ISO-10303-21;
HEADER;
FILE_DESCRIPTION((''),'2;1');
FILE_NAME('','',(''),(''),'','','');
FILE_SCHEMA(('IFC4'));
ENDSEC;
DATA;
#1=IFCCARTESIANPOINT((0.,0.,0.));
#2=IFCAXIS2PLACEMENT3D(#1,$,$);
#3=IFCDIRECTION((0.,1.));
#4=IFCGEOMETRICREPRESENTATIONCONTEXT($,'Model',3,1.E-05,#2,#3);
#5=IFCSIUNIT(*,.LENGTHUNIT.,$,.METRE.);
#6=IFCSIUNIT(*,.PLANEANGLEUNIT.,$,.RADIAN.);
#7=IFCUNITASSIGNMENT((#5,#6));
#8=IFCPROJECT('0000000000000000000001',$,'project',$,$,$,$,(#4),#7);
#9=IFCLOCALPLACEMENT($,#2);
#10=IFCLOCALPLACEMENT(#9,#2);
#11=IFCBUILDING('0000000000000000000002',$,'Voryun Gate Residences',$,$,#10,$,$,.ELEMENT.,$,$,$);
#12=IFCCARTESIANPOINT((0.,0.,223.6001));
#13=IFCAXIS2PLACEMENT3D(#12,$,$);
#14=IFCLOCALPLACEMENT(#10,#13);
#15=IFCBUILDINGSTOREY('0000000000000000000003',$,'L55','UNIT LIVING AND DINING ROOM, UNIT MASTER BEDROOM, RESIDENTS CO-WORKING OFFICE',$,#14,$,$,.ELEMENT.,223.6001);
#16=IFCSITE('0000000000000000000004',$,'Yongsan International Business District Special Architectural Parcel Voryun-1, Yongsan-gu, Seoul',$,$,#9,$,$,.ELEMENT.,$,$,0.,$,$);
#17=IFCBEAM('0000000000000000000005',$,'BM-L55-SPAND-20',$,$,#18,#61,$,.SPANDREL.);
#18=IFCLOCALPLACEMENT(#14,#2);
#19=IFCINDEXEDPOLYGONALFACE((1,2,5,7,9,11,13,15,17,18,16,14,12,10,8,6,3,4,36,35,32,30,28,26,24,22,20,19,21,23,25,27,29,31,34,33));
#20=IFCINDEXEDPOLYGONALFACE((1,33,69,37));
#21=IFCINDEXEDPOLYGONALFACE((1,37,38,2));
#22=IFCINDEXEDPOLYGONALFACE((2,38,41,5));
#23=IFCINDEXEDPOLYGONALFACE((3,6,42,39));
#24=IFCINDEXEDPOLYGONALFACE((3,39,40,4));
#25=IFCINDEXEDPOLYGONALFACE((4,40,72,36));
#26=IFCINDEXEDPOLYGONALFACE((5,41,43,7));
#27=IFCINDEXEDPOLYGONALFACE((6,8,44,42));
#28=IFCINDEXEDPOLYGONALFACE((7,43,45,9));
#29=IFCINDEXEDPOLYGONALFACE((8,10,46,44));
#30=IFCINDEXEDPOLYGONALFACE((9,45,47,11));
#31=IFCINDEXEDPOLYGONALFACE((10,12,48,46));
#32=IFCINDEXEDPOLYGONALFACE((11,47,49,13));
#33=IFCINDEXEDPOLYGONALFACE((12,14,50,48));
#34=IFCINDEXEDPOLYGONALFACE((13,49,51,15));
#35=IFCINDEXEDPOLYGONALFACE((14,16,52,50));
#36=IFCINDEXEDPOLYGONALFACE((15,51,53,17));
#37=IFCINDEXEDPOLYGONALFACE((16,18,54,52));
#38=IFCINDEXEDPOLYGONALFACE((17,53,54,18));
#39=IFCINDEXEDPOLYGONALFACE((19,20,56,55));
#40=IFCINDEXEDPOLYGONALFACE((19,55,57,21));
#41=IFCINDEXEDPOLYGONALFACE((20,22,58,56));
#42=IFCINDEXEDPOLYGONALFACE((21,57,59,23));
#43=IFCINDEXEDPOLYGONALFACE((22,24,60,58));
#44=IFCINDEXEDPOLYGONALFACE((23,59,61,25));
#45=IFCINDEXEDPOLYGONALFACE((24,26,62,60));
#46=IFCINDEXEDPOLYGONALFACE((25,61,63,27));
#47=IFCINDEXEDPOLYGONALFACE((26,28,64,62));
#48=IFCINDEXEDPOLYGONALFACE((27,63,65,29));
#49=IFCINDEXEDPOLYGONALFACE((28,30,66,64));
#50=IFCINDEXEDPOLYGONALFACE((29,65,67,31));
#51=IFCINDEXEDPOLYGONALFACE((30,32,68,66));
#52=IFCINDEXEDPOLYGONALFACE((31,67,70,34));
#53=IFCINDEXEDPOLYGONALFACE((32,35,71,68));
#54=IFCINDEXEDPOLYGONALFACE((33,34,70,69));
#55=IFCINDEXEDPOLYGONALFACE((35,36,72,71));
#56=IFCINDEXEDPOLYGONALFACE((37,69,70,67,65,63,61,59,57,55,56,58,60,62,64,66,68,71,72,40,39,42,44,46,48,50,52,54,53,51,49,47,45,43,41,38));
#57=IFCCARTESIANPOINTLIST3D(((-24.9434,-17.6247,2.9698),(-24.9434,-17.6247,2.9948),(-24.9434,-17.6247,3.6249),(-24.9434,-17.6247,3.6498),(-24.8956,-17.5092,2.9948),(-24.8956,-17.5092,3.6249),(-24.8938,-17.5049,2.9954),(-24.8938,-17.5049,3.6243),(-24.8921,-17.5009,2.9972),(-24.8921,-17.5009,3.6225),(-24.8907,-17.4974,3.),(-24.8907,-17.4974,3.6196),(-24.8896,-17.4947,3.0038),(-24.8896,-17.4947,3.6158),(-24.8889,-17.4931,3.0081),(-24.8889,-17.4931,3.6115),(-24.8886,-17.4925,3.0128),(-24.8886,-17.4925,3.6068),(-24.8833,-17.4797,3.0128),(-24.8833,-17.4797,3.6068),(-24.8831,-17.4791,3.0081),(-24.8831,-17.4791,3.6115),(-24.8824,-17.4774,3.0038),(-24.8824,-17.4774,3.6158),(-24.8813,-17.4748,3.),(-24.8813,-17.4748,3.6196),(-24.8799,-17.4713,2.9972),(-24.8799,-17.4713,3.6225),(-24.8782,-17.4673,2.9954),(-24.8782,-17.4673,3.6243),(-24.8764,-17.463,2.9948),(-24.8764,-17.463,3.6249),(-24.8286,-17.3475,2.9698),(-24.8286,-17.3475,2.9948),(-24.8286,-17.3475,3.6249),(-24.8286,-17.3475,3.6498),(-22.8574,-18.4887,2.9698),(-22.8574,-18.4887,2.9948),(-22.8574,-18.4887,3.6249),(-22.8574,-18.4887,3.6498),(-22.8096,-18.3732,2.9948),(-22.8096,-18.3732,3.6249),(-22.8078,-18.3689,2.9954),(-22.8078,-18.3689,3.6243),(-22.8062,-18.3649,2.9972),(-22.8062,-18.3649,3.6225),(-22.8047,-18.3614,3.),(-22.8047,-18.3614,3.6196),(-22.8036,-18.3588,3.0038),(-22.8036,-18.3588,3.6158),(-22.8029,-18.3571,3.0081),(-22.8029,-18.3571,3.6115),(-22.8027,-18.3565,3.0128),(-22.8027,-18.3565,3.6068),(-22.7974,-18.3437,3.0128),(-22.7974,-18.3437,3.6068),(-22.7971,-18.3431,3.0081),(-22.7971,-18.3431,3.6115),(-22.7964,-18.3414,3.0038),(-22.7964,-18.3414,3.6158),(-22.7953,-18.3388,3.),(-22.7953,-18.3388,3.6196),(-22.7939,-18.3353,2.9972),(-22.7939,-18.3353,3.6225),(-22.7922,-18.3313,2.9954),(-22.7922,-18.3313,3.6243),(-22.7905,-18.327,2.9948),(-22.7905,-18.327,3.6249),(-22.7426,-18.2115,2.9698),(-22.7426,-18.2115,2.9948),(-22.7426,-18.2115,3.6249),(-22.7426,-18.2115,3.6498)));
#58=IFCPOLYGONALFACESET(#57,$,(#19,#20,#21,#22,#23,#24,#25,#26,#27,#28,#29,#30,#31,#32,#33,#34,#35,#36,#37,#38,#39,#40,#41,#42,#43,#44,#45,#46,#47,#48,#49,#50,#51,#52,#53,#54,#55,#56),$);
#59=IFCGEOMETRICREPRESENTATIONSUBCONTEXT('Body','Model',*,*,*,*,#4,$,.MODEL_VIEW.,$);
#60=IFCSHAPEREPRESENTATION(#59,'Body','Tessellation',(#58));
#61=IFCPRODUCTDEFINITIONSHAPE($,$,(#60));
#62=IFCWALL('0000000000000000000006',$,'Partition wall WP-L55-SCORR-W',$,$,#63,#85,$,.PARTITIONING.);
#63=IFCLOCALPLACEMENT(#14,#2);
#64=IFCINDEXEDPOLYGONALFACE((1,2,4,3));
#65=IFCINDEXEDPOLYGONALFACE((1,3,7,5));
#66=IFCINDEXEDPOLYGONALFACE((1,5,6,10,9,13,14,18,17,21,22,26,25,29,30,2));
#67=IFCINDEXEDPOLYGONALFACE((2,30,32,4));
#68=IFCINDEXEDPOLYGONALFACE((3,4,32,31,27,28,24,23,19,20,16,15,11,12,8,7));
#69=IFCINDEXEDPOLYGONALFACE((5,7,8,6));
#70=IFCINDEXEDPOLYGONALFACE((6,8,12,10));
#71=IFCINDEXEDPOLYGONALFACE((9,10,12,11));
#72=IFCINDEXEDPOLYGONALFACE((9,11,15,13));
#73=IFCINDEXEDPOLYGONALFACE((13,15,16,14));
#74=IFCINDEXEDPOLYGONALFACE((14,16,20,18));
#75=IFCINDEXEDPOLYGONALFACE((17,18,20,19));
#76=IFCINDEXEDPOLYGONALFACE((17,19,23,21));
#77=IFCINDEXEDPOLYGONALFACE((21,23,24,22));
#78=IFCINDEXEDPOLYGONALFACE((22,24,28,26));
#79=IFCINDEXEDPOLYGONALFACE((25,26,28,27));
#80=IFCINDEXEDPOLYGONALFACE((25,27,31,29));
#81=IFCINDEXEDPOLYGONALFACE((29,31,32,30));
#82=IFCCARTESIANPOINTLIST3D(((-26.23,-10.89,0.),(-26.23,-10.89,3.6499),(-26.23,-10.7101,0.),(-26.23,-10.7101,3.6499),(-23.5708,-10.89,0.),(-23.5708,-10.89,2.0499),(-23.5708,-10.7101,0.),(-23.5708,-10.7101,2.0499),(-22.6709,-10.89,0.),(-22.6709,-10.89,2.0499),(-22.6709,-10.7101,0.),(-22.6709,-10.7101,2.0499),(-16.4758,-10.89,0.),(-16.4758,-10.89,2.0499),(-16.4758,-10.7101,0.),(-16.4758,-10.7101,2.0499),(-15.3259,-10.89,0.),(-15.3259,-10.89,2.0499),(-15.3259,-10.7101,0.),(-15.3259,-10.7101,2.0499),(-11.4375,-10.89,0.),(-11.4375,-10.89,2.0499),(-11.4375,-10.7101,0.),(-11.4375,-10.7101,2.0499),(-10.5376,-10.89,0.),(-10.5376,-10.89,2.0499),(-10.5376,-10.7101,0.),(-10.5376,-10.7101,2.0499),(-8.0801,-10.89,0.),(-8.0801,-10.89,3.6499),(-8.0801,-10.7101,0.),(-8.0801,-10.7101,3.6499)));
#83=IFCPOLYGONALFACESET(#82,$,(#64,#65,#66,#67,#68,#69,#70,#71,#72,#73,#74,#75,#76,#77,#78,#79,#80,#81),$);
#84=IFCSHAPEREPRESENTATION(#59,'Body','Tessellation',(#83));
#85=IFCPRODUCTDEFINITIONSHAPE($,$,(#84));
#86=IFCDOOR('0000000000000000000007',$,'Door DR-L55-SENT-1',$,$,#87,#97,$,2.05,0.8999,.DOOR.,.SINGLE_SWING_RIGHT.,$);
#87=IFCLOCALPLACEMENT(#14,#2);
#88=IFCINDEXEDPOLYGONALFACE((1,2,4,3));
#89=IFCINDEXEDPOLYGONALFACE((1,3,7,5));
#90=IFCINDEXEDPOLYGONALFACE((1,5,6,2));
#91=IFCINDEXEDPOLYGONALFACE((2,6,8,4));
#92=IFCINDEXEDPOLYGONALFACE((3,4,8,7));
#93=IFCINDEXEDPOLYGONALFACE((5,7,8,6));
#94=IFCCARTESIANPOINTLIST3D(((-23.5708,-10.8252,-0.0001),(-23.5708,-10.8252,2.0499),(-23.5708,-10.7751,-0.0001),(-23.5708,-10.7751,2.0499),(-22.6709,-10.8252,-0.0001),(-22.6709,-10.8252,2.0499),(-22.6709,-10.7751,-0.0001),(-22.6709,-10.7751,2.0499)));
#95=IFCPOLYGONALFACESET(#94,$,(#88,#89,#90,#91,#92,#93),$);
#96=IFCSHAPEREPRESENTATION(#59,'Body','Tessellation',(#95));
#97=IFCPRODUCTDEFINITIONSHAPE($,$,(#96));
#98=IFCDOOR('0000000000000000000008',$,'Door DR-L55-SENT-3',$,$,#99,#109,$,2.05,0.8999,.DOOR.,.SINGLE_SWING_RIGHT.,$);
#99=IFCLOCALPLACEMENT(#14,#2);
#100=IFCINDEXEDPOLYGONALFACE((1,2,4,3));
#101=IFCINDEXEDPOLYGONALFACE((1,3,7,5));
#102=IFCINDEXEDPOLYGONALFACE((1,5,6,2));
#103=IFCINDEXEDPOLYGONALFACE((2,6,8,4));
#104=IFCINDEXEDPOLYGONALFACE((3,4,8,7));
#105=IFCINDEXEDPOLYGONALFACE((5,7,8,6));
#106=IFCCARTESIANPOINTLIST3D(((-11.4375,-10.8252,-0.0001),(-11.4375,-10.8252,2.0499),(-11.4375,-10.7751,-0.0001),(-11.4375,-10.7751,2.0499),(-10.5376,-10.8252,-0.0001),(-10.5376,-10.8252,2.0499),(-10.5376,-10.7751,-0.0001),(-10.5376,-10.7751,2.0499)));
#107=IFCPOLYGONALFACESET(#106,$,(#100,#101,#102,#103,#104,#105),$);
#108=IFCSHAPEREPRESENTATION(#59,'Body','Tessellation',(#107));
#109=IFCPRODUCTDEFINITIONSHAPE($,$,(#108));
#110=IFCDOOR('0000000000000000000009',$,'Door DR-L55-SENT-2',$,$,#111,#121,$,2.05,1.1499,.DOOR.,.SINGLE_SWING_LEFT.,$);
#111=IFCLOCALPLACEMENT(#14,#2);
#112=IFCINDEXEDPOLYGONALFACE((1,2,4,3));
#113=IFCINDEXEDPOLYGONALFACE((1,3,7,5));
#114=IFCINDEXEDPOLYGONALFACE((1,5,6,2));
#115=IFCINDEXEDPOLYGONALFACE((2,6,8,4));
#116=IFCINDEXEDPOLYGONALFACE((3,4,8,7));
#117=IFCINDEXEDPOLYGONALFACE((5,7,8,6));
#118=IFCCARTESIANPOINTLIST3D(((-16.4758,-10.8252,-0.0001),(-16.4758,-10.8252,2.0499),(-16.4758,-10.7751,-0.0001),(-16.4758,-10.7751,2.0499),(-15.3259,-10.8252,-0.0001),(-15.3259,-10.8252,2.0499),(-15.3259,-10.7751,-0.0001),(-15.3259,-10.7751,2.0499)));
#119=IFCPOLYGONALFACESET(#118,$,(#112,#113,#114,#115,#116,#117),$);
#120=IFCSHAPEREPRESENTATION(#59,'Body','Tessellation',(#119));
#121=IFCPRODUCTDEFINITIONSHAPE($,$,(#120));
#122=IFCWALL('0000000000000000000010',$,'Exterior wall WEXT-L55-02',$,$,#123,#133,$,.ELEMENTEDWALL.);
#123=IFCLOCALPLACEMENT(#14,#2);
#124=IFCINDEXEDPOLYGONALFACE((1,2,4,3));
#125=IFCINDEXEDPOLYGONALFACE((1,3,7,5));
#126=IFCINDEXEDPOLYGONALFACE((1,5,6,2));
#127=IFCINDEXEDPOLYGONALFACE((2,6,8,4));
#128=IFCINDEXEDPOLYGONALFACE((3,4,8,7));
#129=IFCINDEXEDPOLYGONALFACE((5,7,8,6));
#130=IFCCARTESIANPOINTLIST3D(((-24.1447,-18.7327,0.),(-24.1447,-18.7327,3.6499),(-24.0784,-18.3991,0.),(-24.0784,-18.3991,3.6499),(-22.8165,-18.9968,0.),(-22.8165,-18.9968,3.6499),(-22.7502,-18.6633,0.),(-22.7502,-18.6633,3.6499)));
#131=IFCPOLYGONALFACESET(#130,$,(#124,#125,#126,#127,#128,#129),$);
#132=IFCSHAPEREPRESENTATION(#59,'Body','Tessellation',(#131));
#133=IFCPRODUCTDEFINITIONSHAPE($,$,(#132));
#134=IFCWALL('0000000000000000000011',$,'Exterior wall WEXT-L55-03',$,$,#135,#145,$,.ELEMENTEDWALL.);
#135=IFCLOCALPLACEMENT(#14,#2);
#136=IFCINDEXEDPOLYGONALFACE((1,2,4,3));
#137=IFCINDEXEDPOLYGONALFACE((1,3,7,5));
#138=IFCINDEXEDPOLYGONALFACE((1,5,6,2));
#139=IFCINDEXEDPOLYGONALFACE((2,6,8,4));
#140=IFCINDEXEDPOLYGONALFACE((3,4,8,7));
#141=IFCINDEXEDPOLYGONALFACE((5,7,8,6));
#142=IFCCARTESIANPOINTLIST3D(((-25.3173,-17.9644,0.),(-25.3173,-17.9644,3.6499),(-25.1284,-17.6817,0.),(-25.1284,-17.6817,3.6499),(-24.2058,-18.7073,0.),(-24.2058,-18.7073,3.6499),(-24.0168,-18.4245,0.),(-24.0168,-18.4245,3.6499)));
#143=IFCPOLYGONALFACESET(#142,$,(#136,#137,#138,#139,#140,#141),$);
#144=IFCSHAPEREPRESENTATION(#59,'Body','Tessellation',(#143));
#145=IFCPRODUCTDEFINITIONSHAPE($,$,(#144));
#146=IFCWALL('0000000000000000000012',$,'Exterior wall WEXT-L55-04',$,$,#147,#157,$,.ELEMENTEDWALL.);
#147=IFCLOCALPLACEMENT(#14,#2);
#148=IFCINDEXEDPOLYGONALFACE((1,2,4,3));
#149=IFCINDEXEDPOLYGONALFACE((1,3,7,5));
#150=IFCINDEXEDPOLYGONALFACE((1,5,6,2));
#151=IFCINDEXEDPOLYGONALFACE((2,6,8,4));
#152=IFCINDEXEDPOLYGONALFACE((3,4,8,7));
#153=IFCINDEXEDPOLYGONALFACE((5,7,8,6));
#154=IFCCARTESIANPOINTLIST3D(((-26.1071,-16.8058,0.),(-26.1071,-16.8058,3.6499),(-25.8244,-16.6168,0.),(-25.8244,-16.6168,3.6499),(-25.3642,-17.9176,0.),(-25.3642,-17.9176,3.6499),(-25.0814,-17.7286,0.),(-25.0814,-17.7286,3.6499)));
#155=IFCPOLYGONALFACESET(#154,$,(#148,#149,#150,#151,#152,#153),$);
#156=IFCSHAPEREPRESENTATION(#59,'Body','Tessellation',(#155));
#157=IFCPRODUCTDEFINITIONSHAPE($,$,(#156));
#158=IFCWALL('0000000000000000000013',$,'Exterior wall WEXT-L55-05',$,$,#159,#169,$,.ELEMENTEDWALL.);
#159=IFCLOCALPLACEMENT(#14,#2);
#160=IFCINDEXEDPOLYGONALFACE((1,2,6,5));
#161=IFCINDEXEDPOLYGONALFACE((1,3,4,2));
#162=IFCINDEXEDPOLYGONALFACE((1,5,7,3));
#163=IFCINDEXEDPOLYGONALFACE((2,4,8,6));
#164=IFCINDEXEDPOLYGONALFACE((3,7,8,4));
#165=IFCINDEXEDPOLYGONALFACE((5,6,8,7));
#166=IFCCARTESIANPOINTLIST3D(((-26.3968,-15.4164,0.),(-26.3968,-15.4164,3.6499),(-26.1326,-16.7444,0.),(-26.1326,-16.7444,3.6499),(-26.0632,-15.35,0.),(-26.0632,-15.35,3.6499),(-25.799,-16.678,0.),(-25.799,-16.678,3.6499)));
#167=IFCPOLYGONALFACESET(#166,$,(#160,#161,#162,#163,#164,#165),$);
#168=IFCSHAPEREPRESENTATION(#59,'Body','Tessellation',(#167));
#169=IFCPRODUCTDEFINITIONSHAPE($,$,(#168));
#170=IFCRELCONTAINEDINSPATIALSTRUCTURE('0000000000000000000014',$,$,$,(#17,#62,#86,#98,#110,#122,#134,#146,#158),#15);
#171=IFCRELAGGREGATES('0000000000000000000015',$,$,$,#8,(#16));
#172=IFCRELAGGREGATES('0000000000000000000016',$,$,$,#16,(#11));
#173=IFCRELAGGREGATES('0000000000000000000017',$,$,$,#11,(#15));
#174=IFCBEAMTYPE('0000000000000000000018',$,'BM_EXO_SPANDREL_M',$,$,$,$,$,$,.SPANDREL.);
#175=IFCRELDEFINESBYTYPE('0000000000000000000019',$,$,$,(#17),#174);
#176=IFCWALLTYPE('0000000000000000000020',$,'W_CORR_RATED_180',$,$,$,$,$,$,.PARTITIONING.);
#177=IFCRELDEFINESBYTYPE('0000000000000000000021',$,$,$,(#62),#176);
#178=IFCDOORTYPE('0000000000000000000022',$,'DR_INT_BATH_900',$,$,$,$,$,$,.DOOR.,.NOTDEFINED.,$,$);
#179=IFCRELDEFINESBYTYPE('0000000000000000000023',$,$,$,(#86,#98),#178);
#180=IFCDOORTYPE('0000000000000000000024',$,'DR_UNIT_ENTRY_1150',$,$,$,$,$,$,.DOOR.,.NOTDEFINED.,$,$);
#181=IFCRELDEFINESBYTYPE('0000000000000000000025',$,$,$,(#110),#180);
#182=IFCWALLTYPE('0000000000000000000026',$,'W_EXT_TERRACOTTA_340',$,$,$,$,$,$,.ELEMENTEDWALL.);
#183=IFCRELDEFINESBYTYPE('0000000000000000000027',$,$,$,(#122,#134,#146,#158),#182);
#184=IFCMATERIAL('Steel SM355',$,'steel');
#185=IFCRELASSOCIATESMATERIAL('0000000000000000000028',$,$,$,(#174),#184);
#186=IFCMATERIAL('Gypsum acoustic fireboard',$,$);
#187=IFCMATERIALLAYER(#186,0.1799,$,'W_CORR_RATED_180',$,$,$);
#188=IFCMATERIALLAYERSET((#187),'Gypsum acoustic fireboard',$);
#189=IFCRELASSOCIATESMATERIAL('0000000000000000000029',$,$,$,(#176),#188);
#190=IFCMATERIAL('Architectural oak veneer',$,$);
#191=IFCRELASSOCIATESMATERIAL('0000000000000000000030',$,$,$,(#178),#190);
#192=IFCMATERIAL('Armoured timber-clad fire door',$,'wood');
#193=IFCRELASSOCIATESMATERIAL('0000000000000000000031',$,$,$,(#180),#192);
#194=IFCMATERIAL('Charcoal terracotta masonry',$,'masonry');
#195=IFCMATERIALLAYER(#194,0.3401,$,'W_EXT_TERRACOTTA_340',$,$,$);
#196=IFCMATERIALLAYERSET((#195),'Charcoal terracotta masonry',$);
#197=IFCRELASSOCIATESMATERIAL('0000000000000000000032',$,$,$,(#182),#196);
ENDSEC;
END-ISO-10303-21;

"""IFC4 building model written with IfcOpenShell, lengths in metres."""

from ifc_helpers import new_model, si_unit, direction, frame, frame_2d, origin, origin_2d, place, context, subcontext, project, spatial, rectangle, i_section, extrude, material, layer, layer_set, material_profile, profile_set, type_object, element, fill, save


model = new_model("IFC4")

# Units and contexts
model_context = context("Model", 3, precision=1e-05, world=origin(), true_north=direction((0.0, 1.0)))
body_context = subcontext(model_context, "Body", "Model", "MODEL_VIEW")
ifc_project = project(units=[si_unit("LENGTHUNIT", "METRE"), si_unit("PLANEANGLEUNIT", "RADIAN")], contexts=[model_context])

# Site, building, storey
site_placement = place(None, origin())
site = spatial("IfcSite", under=ifc_project, at=site_placement, Name="Yongsan International Business District Special Architectural Parcel Voryun-1, Yongsan-gu, Seoul", CompositionType="ELEMENT", RefElevation=0.0)
building_placement = place(site_placement, origin())
building = spatial("IfcBuilding", under=site, at=building_placement, Name="Voryun Gate Residences", CompositionType="ELEMENT")
storey_placement = place(building_placement, frame((0.0, 0.0, 223.6001)))
storey = spatial("IfcBuildingStorey", under=building, at=storey_placement, Name="L55", Description="UNIT LIVING AND DINING ROOM, UNIT MASTER BEDROOM, RESIDENTS CO-WORKING OFFICE", CompositionType="ELEMENT", Elevation=223.6001)

# Beam
ifc_material_1 = material(Name="Steel SM355", Category="steel")
ifc_material_profile_1 = material_profile(ifc_material_1, i_section(OverallWidth=0.3, OverallDepth=0.6799, WebThickness=0.0139, FlangeThickness=0.0249, FilletRadius=0.0181, at=origin_2d()), Name="H-680x300x14x25")
ifc_profile_set_1 = profile_set([ifc_material_profile_1], Name="Steel SM355")
beam_type = type_object("IfcBeamType", Name="BM_EXO_SPANDREL_M", PredefinedType="SPANDREL", material=ifc_profile_set_1)
beam_1_placement = place(storey_placement, frame((-24.886, -17.4861, 3.3098), z_axis=(0.923881, -0.38268, 0.0), x_axis=(0.38268, 0.923881, 0.0)))
element("IfcBeam", 1, at=beam_1_placement, inside=storey, type_object=beam_type, Name="BM-L55-SPAND-20", PredefinedType="SPANDREL", context=body_context, shape_type="SweptSolid", body=[
    extrude(i_section(OverallWidth=0.3, OverallDepth=0.6799, WebThickness=0.0139, FlangeThickness=0.0249, FilletRadius=0.0181, at=origin_2d()), origin(), (0.0, 0.0, 1.0), 2.2578),
])

# Wall, openings, doors
ifc_material_2 = material(Name="Gypsum acoustic fireboard")
ifc_layer_1 = layer(ifc_material_2, 0.1799, Name="W_CORR_RATED_180")
ifc_layer_set_1 = layer_set([ifc_layer_1], Name="Gypsum acoustic fireboard")
wall_type_1 = type_object("IfcWallType", Name="W_CORR_RATED_180", PredefinedType="PARTITIONING", material=ifc_layer_set_1)
wall_1_placement = place(storey_placement, frame((-26.23, -10.8, 0.0), z_axis=(0.0, 0.0, 1.0), x_axis=(1.0, 0.0, 0.0)))
wall_1 = element("IfcWall", 2, at=wall_1_placement, inside=storey, type_object=wall_type_1, Name="Partition wall WP-L55-SCORR-W", PredefinedType="PARTITIONING", context=body_context, shape_type="SweptSolid", body=[
    extrude(rectangle(XDim=18.1499, YDim=0.1799, at=frame_2d((9.075, 0.0))), origin(), (0.0, 0.0, 1.0), 3.6499),
])
opening_1_placement = place(wall_1_placement, frame((2.6592, 0.0, 0.0)))
opening_1 = element("IfcOpeningElement", 3, at=opening_1_placement, cuts=wall_1, PredefinedType="OPENING", context=body_context, shape_type="SweptSolid", body=[
    extrude(rectangle(XDim=0.8999, YDim=2.05, at=frame_2d((0.45, 1.0249))), frame((0.0, 0.0999, 0.0), z_axis=(0.0, -1.0, 0.0), x_axis=(1.0, 0.0, 0.0)), (0.0, 0.0, 1.0), 0.2),
])
opening_2_placement = place(wall_1_placement, frame((9.7542, 0.0, 0.0)))
opening_2 = element("IfcOpeningElement", 4, at=opening_2_placement, cuts=wall_1, PredefinedType="OPENING", context=body_context, shape_type="SweptSolid", body=[
    extrude(rectangle(XDim=1.1499, YDim=2.05, at=frame_2d((0.575, 1.0249))), frame((0.0, 0.0999, 0.0), z_axis=(0.0, -1.0, 0.0), x_axis=(1.0, 0.0, 0.0)), (0.0, 0.0, 1.0), 0.2),
])
opening_3_placement = place(wall_1_placement, frame((14.7925, 0.0, 0.0)))
opening_3 = element("IfcOpeningElement", 5, at=opening_3_placement, cuts=wall_1, PredefinedType="OPENING", context=body_context, shape_type="SweptSolid", body=[
    extrude(rectangle(XDim=0.8999, YDim=2.05, at=frame_2d((0.45, 1.0249))), frame((0.0, 0.0999, 0.0), z_axis=(0.0, -1.0, 0.0), x_axis=(1.0, 0.0, 0.0)), (0.0, 0.0, 1.0), 0.2),
])
ifc_material_3 = material(Name="Architectural oak veneer")
door_type_1 = type_object("IfcDoorType", Name="DR_INT_BATH_900", OperationType="NOTDEFINED", PredefinedType="DOOR", material=ifc_material_3)
door_1_placement = place(opening_1_placement, origin())
door_1 = element("IfcDoor", 6, at=door_1_placement, inside=storey, type_object=door_type_1, Name="Door DR-L55-SENT-1", OperationType="SINGLE_SWING_RIGHT", OverallHeight=2.05, OverallWidth=0.8999, PredefinedType="DOOR", context=body_context, shape_type="SweptSolid", body=[
    extrude(rectangle(XDim=0.8999, YDim=2.05, at=frame_2d((0.45, 1.0249))), frame((0.0, 0.0249, 0.0), z_axis=(0.0, -1.0, 0.0), x_axis=(1.0, 0.0, 0.0)), (0.0, 0.0, 1.0), 0.05),
])
fill(opening_1, door_1)
door_2_placement = place(opening_3_placement, origin())
door_2 = element("IfcDoor", 7, at=door_2_placement, inside=storey, type_object=door_type_1, Name="Door DR-L55-SENT-3", OperationType="SINGLE_SWING_RIGHT", OverallHeight=2.05, OverallWidth=0.8999, PredefinedType="DOOR", context=body_context, shape_type="SweptSolid", body=[
    extrude(rectangle(XDim=0.8999, YDim=2.05, at=frame_2d((0.45, 1.0249))), frame((0.0, 0.0249, 0.0), z_axis=(0.0, -1.0, 0.0), x_axis=(1.0, 0.0, 0.0)), (0.0, 0.0, 1.0), 0.05),
])
fill(opening_3, door_2)
ifc_material_4 = material(Name="Armoured timber-clad fire door", Category="wood")
door_type_2 = type_object("IfcDoorType", Name="DR_UNIT_ENTRY_1150", OperationType="NOTDEFINED", PredefinedType="DOOR", material=ifc_material_4)
door_3_placement = place(opening_2_placement, origin())
door_3 = element("IfcDoor", 8, at=door_3_placement, inside=storey, type_object=door_type_2, Name="Door DR-L55-SENT-2", OperationType="SINGLE_SWING_LEFT", OverallHeight=2.05, OverallWidth=1.1499, PredefinedType="DOOR", context=body_context, shape_type="SweptSolid", body=[
    extrude(rectangle(XDim=1.1499, YDim=2.05, at=frame_2d((0.575, 1.0249))), frame((0.0, 0.0249, 0.0), z_axis=(0.0, -1.0, 0.0), x_axis=(1.0, 0.0, 0.0)), (0.0, 0.0, 1.0), 0.05),
])
fill(opening_2, door_3)

# Walls
ifc_material_5 = material(Name="Charcoal terracotta masonry", Category="masonry")
ifc_layer_2 = layer(ifc_material_5, 0.3401, Name="W_EXT_TERRACOTTA_340")
ifc_layer_set_2 = layer_set([ifc_layer_2], Name="Charcoal terracotta masonry")
wall_type_2 = type_object("IfcWallType", Name="W_EXT_TERRACOTTA_340", PredefinedType="ELEMENTEDWALL", material=ifc_layer_set_2)
wall_2_placement = place(storey_placement, frame((-22.7832, -18.8301, 0.0), z_axis=(0.0, 0.0, 1.0), x_axis=(-0.980788, 0.195076, 0.0)))
element("IfcWall", 9, at=wall_2_placement, inside=storey, type_object=wall_type_2, Name="Exterior wall WEXT-L55-02", PredefinedType="ELEMENTEDWALL", context=body_context, shape_type="SweptSolid", body=[
    extrude(rectangle(XDim=1.3542, YDim=0.3401, at=frame_2d((0.6772, 0.0))), origin(), (0.0, 0.0, 1.0), 3.6499),
])
wall_3_placement = place(storey_placement, frame((-24.1113, -18.5659, 0.0), z_axis=(0.0, 0.0, 1.0), x_axis=(-0.831404, 0.555669, 0.0)))
element("IfcWall", 10, at=wall_3_placement, inside=storey, type_object=wall_type_2, Name="Exterior wall WEXT-L55-03", PredefinedType="ELEMENTEDWALL", context=body_context, shape_type="SweptSolid", body=[
    extrude(rectangle(XDim=1.3369, YDim=0.3401, at=frame_2d((0.6685, 0.0))), origin(), (0.0, 0.0, 1.0), 3.6499),
])
wall_4_placement = place(storey_placement, frame((-25.2229, -17.823, 0.0), z_axis=(0.0, 0.0, 1.0), x_axis=(-0.555585, 0.83146, 0.0)))
element("IfcWall", 11, at=wall_4_placement, inside=storey, type_object=wall_type_2, Name="Exterior wall WEXT-L55-04", PredefinedType="ELEMENTEDWALL", context=body_context, shape_type="SweptSolid", body=[
    extrude(rectangle(XDim=1.3372, YDim=0.3401, at=frame_2d((0.6685, 0.0))), origin(), (0.0, 0.0, 1.0), 3.6499),
])
wall_5_placement = place(storey_placement, frame((-25.9658, -16.7112, 0.0), z_axis=(0.0, 0.0, 1.0), x_axis=(-0.19511, 0.980781, 0.0)))
element("IfcWall", 12, at=wall_5_placement, inside=storey, type_object=wall_type_2, Name="Exterior wall WEXT-L55-05", PredefinedType="ELEMENTEDWALL", context=body_context, shape_type="SweptSolid", body=[
    extrude(rectangle(XDim=1.354, YDim=0.3401, at=frame_2d((0.677, 0.0))), origin(), (0.0, 0.0, 1.0), 3.6499),
])

save(model, "model.ifc")
